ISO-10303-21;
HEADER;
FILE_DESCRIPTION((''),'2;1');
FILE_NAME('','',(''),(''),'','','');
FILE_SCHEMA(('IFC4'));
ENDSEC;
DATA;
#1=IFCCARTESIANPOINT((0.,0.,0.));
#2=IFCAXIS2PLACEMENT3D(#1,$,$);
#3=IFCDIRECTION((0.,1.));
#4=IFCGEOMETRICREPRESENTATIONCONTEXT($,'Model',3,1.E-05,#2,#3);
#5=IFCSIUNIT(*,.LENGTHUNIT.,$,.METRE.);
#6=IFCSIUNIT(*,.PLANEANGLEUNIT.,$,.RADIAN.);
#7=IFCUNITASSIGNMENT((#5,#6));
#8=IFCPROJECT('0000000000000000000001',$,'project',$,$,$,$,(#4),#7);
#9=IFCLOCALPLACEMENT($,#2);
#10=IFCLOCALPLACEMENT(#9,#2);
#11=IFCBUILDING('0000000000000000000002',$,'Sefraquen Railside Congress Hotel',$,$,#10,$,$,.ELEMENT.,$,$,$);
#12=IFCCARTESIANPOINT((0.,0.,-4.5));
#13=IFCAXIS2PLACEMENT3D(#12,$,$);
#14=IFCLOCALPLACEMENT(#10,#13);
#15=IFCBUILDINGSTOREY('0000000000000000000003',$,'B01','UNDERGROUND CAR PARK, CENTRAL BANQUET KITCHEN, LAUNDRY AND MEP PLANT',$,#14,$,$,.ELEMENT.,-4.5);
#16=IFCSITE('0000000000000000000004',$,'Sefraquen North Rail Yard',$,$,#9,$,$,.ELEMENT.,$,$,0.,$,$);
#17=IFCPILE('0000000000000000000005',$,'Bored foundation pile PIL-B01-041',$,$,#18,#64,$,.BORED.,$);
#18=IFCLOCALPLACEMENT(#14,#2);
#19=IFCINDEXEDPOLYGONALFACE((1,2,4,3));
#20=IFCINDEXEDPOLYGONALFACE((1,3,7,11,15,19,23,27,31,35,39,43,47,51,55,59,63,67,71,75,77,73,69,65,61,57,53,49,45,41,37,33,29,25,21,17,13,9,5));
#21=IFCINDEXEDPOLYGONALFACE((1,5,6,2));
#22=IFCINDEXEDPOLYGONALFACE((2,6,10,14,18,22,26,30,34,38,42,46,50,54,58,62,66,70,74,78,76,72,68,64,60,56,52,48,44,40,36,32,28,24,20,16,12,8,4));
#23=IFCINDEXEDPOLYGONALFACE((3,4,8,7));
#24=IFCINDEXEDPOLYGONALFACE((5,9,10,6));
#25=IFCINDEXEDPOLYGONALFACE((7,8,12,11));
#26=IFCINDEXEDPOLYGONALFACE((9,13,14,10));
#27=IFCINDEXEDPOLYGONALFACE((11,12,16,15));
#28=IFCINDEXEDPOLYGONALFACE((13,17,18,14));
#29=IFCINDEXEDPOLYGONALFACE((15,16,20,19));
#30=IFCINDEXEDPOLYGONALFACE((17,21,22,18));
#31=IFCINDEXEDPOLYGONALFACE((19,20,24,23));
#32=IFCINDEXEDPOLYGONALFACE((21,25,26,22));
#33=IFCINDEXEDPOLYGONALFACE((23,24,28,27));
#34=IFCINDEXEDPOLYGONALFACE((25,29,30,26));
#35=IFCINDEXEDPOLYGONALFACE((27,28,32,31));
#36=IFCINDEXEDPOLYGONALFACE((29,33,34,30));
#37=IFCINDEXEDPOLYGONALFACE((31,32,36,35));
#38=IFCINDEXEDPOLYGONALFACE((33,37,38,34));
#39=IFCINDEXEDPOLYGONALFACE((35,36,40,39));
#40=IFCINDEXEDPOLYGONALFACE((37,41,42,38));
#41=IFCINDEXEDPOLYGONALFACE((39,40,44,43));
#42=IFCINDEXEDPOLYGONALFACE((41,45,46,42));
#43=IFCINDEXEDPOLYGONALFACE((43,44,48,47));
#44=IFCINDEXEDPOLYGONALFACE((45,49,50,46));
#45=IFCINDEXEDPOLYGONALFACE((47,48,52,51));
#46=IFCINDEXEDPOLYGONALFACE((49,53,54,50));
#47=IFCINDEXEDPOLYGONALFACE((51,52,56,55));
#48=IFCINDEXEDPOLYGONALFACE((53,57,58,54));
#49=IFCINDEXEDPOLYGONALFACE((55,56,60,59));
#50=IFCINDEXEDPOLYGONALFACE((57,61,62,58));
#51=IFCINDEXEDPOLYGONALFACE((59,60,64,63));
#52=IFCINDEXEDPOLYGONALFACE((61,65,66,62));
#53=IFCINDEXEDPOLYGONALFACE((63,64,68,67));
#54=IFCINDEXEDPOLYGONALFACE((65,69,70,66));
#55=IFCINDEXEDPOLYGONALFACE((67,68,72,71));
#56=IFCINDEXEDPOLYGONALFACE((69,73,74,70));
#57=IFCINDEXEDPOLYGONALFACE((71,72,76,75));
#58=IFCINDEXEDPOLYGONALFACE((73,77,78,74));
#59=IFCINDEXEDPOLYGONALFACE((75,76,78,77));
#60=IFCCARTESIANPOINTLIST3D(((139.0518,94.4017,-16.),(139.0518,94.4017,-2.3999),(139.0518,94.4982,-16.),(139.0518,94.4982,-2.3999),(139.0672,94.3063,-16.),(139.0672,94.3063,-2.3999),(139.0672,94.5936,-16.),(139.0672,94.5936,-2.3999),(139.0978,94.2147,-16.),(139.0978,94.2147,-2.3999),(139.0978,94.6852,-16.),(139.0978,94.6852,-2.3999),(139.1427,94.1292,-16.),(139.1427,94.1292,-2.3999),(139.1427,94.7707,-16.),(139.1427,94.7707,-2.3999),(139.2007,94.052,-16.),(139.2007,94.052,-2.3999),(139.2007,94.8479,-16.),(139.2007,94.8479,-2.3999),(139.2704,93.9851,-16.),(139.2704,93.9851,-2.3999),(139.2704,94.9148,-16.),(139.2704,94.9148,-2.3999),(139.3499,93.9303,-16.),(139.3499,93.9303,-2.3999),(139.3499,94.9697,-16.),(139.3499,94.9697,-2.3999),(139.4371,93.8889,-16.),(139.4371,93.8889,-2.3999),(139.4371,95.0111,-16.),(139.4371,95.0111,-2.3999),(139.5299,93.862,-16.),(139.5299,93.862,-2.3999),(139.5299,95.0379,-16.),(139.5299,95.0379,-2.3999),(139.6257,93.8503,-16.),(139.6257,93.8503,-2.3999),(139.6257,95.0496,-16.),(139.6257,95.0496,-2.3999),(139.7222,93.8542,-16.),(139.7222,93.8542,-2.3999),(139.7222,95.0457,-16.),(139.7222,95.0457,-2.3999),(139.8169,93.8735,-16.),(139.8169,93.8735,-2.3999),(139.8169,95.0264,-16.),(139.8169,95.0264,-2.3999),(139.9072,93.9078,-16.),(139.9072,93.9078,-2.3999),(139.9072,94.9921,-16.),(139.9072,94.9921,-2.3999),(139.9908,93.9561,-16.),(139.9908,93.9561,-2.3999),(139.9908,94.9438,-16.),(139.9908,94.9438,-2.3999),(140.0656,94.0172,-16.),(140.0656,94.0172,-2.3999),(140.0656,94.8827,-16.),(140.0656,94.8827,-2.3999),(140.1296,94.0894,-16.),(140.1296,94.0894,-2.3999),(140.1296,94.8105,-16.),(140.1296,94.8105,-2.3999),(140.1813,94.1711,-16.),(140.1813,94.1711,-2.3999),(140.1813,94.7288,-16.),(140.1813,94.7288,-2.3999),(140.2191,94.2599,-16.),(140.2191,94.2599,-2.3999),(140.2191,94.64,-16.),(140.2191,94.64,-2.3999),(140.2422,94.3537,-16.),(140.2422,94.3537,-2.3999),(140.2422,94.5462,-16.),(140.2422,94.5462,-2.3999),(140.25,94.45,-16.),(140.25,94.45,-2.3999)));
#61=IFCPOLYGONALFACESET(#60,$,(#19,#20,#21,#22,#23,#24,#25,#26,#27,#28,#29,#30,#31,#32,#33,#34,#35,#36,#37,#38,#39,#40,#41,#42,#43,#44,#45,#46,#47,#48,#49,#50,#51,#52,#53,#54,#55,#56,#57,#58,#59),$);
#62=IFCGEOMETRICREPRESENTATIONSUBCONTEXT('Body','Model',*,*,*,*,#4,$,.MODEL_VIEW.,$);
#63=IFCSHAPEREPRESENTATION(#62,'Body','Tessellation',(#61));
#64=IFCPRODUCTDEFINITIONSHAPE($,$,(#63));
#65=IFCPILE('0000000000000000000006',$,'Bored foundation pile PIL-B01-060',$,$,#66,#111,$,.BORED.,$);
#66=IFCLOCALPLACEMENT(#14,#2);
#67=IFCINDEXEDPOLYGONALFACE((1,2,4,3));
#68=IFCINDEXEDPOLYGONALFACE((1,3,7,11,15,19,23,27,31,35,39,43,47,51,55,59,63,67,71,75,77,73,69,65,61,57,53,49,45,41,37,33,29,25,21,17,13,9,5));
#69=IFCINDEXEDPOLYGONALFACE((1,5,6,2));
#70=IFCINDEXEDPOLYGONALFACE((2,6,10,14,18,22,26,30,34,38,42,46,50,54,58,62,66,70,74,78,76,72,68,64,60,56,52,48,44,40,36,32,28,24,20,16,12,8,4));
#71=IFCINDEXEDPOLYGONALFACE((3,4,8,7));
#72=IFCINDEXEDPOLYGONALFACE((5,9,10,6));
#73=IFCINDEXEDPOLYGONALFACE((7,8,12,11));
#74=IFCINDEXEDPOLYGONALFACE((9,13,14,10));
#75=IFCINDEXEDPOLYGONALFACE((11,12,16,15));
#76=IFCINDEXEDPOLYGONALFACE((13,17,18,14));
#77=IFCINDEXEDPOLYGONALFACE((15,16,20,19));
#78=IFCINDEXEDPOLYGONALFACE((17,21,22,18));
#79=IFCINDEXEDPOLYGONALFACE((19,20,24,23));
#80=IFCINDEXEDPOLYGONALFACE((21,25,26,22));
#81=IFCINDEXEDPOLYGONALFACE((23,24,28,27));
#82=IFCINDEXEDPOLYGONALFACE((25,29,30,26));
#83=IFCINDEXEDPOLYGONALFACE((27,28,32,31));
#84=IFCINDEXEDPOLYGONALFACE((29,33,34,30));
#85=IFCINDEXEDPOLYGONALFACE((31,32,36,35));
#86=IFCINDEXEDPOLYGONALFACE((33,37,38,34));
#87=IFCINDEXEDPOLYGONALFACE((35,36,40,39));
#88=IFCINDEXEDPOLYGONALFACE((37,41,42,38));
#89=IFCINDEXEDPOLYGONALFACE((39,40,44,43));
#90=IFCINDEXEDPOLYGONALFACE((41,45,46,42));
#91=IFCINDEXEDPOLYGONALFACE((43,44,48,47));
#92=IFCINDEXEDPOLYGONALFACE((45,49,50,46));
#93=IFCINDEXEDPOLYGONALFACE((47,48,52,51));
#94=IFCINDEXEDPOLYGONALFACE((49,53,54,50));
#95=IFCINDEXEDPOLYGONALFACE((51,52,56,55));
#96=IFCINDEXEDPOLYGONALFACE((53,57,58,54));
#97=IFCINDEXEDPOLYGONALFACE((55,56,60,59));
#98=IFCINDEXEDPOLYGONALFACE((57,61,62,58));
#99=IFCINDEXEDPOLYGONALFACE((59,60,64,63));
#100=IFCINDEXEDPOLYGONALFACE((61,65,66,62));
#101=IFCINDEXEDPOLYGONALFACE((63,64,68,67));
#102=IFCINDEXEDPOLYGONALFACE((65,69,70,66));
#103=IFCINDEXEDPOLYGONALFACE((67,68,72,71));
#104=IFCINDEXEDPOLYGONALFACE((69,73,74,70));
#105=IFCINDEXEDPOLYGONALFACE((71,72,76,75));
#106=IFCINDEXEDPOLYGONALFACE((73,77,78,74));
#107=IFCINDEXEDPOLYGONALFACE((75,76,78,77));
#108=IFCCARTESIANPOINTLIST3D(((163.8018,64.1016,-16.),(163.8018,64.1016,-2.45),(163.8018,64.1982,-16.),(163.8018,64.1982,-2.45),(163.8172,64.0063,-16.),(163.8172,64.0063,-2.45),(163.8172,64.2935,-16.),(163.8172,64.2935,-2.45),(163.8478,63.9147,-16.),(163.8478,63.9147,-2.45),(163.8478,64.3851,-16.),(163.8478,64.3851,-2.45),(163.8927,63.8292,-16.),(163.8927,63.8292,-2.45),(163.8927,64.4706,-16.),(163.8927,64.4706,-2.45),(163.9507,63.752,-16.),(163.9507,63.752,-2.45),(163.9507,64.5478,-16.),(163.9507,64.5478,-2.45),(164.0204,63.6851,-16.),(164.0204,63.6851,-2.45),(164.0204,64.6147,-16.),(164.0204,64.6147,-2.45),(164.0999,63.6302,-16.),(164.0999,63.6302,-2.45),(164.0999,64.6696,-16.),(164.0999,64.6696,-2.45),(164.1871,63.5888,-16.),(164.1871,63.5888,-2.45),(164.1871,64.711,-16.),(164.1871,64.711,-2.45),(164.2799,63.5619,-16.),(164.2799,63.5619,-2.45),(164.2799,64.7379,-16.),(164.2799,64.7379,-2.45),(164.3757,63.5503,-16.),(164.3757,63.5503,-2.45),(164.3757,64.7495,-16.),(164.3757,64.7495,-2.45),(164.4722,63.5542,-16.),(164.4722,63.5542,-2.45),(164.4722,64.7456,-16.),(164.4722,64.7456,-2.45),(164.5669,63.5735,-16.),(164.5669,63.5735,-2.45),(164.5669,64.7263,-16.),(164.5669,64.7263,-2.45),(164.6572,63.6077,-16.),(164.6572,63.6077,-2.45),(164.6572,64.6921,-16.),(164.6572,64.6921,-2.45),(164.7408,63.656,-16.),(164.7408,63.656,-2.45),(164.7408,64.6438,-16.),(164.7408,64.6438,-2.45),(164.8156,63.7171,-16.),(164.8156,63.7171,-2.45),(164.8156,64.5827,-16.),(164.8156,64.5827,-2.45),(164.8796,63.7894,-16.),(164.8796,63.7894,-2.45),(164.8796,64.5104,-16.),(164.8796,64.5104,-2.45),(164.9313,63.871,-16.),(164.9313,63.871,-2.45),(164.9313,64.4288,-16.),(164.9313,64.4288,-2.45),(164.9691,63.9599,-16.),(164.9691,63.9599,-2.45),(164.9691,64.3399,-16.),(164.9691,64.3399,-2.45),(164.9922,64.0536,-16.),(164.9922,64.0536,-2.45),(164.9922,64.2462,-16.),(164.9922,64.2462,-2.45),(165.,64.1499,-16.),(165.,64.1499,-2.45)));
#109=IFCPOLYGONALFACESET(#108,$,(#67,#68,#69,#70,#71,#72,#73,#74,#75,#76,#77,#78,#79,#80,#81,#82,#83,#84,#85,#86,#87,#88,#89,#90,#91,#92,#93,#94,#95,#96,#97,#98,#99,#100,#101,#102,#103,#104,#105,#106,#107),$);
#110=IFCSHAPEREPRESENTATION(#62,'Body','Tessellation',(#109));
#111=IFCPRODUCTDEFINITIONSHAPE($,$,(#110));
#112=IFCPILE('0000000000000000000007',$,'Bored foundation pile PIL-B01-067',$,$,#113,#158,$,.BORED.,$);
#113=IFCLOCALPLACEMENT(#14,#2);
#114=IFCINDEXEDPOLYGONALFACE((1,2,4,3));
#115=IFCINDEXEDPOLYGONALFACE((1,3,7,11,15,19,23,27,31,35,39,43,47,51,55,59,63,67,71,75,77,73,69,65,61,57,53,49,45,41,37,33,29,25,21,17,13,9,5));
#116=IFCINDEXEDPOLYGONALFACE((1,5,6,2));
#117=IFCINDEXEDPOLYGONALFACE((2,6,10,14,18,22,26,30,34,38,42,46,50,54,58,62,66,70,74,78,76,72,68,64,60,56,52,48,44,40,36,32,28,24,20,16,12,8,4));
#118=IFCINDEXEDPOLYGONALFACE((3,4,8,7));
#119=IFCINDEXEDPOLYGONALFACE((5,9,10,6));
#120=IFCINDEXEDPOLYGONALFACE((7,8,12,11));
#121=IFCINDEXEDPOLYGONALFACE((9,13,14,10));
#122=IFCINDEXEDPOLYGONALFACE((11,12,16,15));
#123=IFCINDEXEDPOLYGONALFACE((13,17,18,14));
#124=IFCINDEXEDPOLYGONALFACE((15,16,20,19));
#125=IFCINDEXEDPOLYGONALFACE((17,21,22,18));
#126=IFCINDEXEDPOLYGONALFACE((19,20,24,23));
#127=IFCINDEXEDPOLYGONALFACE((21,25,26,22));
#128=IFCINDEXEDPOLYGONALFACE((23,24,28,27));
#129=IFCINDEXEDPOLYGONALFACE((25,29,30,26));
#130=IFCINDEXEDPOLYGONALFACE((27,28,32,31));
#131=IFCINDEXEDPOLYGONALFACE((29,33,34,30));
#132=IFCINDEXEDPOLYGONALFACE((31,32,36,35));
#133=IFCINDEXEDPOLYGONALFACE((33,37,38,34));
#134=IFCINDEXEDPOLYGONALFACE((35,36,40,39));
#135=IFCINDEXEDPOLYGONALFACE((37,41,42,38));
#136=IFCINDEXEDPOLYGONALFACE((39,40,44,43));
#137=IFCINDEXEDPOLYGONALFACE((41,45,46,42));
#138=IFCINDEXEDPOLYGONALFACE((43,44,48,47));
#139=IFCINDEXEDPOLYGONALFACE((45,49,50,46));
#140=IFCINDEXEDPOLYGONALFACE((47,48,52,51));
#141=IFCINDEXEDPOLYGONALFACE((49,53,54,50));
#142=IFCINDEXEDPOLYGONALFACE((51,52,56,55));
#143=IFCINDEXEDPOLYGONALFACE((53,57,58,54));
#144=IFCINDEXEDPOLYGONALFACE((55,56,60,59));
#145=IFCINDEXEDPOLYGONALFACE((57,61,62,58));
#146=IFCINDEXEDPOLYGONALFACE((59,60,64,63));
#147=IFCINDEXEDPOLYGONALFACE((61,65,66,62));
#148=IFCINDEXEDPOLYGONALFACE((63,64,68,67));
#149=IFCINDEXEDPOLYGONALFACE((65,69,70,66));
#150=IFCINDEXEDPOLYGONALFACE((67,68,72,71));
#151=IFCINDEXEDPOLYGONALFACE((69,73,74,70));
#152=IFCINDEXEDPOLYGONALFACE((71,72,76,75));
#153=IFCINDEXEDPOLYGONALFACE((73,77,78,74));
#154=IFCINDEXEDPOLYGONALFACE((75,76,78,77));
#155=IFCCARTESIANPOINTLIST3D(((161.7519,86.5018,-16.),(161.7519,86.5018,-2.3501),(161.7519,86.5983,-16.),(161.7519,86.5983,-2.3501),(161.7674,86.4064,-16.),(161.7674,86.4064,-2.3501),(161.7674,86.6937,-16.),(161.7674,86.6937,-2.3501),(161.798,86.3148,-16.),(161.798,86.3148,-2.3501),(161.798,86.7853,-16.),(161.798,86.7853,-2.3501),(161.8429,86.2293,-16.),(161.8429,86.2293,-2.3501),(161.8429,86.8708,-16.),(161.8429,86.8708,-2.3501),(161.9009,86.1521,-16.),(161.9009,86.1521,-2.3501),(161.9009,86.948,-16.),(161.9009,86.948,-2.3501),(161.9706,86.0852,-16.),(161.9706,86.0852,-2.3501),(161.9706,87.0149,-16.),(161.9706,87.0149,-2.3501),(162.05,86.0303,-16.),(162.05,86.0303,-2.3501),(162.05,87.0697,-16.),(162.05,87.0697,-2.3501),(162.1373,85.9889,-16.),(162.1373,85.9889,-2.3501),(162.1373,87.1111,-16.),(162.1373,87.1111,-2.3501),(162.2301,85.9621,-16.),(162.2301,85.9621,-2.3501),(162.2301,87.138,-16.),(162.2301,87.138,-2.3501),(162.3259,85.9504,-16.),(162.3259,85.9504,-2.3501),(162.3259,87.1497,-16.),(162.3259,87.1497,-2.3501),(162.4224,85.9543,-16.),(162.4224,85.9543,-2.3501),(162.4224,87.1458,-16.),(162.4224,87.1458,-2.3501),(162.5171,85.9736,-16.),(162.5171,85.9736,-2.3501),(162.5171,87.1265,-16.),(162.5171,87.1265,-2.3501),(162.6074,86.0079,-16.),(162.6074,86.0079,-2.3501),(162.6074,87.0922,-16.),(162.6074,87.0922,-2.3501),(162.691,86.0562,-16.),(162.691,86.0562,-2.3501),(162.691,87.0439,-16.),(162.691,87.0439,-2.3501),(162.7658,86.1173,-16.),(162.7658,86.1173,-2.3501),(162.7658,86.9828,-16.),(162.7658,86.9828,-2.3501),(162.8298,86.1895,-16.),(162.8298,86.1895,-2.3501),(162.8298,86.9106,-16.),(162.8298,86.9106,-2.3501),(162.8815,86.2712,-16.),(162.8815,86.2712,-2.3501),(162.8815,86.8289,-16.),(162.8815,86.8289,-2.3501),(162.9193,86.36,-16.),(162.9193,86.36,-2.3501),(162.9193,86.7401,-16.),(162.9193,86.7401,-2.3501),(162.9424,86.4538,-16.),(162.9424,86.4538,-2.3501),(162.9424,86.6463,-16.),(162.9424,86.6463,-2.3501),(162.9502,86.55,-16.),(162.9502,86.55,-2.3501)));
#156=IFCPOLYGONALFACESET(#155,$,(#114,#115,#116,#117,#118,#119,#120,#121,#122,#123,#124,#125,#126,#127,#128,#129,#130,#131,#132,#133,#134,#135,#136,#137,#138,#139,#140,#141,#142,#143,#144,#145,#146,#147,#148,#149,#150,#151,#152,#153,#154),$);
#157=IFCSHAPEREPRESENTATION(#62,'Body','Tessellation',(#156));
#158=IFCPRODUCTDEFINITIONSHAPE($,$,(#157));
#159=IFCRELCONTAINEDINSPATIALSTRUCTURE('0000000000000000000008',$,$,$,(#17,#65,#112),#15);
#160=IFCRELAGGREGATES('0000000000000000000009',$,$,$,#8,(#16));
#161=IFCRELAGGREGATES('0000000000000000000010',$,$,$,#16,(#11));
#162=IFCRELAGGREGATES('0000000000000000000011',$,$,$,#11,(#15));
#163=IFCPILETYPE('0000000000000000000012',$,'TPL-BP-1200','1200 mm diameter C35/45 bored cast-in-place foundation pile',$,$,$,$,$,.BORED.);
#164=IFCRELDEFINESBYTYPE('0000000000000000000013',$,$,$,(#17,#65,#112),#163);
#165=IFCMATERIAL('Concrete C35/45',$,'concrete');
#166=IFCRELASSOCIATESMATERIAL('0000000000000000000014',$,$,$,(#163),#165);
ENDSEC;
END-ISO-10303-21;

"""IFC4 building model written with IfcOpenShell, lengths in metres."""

from ifc_helpers import new_model, si_unit, direction, frame, origin, origin_2d, place, context, subcontext, project, spatial, circle, extrude, material, material_profile, profile_set, type_object, element, save


model = new_model("IFC4")

# Units and contexts
model_context = context("Model", 3, precision=1e-05, world=origin(), true_north=direction((0.0, 1.0)))
body_context = subcontext(model_context, "Body", "Model", "MODEL_VIEW")
ifc_project = project(units=[si_unit("LENGTHUNIT", "METRE"), si_unit("PLANEANGLEUNIT", "RADIAN")], contexts=[model_context])

# Site, building, storey
site_placement = place(None, origin())
site = spatial("IfcSite", under=ifc_project, at=site_placement, Name="Sefraquen North Rail Yard", CompositionType="ELEMENT", RefElevation=0.0)
building_placement = place(site_placement, origin())
building = spatial("IfcBuilding", under=site, at=building_placement, Name="Sefraquen Railside Congress Hotel", CompositionType="ELEMENT")
storey_placement = place(building_placement, frame((0.0, 0.0, -4.5)))
storey = spatial("IfcBuildingStorey", under=building, at=storey_placement, Name="B01", Description="UNDERGROUND CAR PARK, CENTRAL BANQUET KITCHEN, LAUNDRY AND MEP PLANT", CompositionType="ELEMENT", Elevation=-4.5)

# Piles
ifc_material_1 = material(Name="Concrete C35/45", Category="concrete")
ifc_material_profile_1 = material_profile(ifc_material_1, circle(Radius=0.6001, at=origin_2d()), Name="BORED PILE 1200")
ifc_profile_set_1 = profile_set([ifc_material_profile_1], Name="Concrete C35/45")
pile_type_1 = type_object("IfcPileType", Name="TPL-BP-1200", Description="1200 mm diameter C35/45 bored cast-in-place foundation pile", PredefinedType="BORED", material=ifc_profile_set_1)
for number, where, z_axis, x_axis, name in (
    (1, (139.6499, 94.45, -2.3999), (0.0, 0.0, -1.0), (1.0, 0.0, 0.0), "Bored foundation pile PIL-B01-041"),
):
    element("IfcPile", number, at=place(storey_placement, frame(where, z_axis=z_axis, x_axis=x_axis)), inside=storey, type_object=pile_type_1, Name=name, PredefinedType="BORED", context=body_context, shape_type="SweptSolid", body=[
        extrude(circle(Radius=0.6001, at=origin_2d()), origin(), (0.0, 0.0, 1.0), 13.6001),
    ])
pile_1_placement = place(storey_placement, frame((164.3999, 64.1499, -2.45), z_axis=(0.0, 0.0, -1.0), x_axis=(1.0, 0.0, 0.0)))
element("IfcPile", 2, at=pile_1_placement, inside=storey, type_object=pile_type_1, Name="Bored foundation pile PIL-B01-060", PredefinedType="BORED", context=body_context, shape_type="SweptSolid", body=[
    extrude(circle(Radius=0.6001, at=origin_2d()), origin(), (0.0, 0.0, 1.0), 13.55),
])
pile_2_placement = place(storey_placement, frame((162.3501, 86.55, -2.3501), z_axis=(0.0, 0.0, -1.0), x_axis=(1.0, 0.0, 0.0)))
element("IfcPile", 3, at=pile_2_placement, inside=storey, type_object=pile_type_1, Name="Bored foundation pile PIL-B01-067", PredefinedType="BORED", context=body_context, shape_type="SweptSolid", body=[
    extrude(circle(Radius=0.6001, at=origin_2d()), origin(), (0.0, 0.0, 1.0), 13.6499),
])

save(model, "model.ifc")
